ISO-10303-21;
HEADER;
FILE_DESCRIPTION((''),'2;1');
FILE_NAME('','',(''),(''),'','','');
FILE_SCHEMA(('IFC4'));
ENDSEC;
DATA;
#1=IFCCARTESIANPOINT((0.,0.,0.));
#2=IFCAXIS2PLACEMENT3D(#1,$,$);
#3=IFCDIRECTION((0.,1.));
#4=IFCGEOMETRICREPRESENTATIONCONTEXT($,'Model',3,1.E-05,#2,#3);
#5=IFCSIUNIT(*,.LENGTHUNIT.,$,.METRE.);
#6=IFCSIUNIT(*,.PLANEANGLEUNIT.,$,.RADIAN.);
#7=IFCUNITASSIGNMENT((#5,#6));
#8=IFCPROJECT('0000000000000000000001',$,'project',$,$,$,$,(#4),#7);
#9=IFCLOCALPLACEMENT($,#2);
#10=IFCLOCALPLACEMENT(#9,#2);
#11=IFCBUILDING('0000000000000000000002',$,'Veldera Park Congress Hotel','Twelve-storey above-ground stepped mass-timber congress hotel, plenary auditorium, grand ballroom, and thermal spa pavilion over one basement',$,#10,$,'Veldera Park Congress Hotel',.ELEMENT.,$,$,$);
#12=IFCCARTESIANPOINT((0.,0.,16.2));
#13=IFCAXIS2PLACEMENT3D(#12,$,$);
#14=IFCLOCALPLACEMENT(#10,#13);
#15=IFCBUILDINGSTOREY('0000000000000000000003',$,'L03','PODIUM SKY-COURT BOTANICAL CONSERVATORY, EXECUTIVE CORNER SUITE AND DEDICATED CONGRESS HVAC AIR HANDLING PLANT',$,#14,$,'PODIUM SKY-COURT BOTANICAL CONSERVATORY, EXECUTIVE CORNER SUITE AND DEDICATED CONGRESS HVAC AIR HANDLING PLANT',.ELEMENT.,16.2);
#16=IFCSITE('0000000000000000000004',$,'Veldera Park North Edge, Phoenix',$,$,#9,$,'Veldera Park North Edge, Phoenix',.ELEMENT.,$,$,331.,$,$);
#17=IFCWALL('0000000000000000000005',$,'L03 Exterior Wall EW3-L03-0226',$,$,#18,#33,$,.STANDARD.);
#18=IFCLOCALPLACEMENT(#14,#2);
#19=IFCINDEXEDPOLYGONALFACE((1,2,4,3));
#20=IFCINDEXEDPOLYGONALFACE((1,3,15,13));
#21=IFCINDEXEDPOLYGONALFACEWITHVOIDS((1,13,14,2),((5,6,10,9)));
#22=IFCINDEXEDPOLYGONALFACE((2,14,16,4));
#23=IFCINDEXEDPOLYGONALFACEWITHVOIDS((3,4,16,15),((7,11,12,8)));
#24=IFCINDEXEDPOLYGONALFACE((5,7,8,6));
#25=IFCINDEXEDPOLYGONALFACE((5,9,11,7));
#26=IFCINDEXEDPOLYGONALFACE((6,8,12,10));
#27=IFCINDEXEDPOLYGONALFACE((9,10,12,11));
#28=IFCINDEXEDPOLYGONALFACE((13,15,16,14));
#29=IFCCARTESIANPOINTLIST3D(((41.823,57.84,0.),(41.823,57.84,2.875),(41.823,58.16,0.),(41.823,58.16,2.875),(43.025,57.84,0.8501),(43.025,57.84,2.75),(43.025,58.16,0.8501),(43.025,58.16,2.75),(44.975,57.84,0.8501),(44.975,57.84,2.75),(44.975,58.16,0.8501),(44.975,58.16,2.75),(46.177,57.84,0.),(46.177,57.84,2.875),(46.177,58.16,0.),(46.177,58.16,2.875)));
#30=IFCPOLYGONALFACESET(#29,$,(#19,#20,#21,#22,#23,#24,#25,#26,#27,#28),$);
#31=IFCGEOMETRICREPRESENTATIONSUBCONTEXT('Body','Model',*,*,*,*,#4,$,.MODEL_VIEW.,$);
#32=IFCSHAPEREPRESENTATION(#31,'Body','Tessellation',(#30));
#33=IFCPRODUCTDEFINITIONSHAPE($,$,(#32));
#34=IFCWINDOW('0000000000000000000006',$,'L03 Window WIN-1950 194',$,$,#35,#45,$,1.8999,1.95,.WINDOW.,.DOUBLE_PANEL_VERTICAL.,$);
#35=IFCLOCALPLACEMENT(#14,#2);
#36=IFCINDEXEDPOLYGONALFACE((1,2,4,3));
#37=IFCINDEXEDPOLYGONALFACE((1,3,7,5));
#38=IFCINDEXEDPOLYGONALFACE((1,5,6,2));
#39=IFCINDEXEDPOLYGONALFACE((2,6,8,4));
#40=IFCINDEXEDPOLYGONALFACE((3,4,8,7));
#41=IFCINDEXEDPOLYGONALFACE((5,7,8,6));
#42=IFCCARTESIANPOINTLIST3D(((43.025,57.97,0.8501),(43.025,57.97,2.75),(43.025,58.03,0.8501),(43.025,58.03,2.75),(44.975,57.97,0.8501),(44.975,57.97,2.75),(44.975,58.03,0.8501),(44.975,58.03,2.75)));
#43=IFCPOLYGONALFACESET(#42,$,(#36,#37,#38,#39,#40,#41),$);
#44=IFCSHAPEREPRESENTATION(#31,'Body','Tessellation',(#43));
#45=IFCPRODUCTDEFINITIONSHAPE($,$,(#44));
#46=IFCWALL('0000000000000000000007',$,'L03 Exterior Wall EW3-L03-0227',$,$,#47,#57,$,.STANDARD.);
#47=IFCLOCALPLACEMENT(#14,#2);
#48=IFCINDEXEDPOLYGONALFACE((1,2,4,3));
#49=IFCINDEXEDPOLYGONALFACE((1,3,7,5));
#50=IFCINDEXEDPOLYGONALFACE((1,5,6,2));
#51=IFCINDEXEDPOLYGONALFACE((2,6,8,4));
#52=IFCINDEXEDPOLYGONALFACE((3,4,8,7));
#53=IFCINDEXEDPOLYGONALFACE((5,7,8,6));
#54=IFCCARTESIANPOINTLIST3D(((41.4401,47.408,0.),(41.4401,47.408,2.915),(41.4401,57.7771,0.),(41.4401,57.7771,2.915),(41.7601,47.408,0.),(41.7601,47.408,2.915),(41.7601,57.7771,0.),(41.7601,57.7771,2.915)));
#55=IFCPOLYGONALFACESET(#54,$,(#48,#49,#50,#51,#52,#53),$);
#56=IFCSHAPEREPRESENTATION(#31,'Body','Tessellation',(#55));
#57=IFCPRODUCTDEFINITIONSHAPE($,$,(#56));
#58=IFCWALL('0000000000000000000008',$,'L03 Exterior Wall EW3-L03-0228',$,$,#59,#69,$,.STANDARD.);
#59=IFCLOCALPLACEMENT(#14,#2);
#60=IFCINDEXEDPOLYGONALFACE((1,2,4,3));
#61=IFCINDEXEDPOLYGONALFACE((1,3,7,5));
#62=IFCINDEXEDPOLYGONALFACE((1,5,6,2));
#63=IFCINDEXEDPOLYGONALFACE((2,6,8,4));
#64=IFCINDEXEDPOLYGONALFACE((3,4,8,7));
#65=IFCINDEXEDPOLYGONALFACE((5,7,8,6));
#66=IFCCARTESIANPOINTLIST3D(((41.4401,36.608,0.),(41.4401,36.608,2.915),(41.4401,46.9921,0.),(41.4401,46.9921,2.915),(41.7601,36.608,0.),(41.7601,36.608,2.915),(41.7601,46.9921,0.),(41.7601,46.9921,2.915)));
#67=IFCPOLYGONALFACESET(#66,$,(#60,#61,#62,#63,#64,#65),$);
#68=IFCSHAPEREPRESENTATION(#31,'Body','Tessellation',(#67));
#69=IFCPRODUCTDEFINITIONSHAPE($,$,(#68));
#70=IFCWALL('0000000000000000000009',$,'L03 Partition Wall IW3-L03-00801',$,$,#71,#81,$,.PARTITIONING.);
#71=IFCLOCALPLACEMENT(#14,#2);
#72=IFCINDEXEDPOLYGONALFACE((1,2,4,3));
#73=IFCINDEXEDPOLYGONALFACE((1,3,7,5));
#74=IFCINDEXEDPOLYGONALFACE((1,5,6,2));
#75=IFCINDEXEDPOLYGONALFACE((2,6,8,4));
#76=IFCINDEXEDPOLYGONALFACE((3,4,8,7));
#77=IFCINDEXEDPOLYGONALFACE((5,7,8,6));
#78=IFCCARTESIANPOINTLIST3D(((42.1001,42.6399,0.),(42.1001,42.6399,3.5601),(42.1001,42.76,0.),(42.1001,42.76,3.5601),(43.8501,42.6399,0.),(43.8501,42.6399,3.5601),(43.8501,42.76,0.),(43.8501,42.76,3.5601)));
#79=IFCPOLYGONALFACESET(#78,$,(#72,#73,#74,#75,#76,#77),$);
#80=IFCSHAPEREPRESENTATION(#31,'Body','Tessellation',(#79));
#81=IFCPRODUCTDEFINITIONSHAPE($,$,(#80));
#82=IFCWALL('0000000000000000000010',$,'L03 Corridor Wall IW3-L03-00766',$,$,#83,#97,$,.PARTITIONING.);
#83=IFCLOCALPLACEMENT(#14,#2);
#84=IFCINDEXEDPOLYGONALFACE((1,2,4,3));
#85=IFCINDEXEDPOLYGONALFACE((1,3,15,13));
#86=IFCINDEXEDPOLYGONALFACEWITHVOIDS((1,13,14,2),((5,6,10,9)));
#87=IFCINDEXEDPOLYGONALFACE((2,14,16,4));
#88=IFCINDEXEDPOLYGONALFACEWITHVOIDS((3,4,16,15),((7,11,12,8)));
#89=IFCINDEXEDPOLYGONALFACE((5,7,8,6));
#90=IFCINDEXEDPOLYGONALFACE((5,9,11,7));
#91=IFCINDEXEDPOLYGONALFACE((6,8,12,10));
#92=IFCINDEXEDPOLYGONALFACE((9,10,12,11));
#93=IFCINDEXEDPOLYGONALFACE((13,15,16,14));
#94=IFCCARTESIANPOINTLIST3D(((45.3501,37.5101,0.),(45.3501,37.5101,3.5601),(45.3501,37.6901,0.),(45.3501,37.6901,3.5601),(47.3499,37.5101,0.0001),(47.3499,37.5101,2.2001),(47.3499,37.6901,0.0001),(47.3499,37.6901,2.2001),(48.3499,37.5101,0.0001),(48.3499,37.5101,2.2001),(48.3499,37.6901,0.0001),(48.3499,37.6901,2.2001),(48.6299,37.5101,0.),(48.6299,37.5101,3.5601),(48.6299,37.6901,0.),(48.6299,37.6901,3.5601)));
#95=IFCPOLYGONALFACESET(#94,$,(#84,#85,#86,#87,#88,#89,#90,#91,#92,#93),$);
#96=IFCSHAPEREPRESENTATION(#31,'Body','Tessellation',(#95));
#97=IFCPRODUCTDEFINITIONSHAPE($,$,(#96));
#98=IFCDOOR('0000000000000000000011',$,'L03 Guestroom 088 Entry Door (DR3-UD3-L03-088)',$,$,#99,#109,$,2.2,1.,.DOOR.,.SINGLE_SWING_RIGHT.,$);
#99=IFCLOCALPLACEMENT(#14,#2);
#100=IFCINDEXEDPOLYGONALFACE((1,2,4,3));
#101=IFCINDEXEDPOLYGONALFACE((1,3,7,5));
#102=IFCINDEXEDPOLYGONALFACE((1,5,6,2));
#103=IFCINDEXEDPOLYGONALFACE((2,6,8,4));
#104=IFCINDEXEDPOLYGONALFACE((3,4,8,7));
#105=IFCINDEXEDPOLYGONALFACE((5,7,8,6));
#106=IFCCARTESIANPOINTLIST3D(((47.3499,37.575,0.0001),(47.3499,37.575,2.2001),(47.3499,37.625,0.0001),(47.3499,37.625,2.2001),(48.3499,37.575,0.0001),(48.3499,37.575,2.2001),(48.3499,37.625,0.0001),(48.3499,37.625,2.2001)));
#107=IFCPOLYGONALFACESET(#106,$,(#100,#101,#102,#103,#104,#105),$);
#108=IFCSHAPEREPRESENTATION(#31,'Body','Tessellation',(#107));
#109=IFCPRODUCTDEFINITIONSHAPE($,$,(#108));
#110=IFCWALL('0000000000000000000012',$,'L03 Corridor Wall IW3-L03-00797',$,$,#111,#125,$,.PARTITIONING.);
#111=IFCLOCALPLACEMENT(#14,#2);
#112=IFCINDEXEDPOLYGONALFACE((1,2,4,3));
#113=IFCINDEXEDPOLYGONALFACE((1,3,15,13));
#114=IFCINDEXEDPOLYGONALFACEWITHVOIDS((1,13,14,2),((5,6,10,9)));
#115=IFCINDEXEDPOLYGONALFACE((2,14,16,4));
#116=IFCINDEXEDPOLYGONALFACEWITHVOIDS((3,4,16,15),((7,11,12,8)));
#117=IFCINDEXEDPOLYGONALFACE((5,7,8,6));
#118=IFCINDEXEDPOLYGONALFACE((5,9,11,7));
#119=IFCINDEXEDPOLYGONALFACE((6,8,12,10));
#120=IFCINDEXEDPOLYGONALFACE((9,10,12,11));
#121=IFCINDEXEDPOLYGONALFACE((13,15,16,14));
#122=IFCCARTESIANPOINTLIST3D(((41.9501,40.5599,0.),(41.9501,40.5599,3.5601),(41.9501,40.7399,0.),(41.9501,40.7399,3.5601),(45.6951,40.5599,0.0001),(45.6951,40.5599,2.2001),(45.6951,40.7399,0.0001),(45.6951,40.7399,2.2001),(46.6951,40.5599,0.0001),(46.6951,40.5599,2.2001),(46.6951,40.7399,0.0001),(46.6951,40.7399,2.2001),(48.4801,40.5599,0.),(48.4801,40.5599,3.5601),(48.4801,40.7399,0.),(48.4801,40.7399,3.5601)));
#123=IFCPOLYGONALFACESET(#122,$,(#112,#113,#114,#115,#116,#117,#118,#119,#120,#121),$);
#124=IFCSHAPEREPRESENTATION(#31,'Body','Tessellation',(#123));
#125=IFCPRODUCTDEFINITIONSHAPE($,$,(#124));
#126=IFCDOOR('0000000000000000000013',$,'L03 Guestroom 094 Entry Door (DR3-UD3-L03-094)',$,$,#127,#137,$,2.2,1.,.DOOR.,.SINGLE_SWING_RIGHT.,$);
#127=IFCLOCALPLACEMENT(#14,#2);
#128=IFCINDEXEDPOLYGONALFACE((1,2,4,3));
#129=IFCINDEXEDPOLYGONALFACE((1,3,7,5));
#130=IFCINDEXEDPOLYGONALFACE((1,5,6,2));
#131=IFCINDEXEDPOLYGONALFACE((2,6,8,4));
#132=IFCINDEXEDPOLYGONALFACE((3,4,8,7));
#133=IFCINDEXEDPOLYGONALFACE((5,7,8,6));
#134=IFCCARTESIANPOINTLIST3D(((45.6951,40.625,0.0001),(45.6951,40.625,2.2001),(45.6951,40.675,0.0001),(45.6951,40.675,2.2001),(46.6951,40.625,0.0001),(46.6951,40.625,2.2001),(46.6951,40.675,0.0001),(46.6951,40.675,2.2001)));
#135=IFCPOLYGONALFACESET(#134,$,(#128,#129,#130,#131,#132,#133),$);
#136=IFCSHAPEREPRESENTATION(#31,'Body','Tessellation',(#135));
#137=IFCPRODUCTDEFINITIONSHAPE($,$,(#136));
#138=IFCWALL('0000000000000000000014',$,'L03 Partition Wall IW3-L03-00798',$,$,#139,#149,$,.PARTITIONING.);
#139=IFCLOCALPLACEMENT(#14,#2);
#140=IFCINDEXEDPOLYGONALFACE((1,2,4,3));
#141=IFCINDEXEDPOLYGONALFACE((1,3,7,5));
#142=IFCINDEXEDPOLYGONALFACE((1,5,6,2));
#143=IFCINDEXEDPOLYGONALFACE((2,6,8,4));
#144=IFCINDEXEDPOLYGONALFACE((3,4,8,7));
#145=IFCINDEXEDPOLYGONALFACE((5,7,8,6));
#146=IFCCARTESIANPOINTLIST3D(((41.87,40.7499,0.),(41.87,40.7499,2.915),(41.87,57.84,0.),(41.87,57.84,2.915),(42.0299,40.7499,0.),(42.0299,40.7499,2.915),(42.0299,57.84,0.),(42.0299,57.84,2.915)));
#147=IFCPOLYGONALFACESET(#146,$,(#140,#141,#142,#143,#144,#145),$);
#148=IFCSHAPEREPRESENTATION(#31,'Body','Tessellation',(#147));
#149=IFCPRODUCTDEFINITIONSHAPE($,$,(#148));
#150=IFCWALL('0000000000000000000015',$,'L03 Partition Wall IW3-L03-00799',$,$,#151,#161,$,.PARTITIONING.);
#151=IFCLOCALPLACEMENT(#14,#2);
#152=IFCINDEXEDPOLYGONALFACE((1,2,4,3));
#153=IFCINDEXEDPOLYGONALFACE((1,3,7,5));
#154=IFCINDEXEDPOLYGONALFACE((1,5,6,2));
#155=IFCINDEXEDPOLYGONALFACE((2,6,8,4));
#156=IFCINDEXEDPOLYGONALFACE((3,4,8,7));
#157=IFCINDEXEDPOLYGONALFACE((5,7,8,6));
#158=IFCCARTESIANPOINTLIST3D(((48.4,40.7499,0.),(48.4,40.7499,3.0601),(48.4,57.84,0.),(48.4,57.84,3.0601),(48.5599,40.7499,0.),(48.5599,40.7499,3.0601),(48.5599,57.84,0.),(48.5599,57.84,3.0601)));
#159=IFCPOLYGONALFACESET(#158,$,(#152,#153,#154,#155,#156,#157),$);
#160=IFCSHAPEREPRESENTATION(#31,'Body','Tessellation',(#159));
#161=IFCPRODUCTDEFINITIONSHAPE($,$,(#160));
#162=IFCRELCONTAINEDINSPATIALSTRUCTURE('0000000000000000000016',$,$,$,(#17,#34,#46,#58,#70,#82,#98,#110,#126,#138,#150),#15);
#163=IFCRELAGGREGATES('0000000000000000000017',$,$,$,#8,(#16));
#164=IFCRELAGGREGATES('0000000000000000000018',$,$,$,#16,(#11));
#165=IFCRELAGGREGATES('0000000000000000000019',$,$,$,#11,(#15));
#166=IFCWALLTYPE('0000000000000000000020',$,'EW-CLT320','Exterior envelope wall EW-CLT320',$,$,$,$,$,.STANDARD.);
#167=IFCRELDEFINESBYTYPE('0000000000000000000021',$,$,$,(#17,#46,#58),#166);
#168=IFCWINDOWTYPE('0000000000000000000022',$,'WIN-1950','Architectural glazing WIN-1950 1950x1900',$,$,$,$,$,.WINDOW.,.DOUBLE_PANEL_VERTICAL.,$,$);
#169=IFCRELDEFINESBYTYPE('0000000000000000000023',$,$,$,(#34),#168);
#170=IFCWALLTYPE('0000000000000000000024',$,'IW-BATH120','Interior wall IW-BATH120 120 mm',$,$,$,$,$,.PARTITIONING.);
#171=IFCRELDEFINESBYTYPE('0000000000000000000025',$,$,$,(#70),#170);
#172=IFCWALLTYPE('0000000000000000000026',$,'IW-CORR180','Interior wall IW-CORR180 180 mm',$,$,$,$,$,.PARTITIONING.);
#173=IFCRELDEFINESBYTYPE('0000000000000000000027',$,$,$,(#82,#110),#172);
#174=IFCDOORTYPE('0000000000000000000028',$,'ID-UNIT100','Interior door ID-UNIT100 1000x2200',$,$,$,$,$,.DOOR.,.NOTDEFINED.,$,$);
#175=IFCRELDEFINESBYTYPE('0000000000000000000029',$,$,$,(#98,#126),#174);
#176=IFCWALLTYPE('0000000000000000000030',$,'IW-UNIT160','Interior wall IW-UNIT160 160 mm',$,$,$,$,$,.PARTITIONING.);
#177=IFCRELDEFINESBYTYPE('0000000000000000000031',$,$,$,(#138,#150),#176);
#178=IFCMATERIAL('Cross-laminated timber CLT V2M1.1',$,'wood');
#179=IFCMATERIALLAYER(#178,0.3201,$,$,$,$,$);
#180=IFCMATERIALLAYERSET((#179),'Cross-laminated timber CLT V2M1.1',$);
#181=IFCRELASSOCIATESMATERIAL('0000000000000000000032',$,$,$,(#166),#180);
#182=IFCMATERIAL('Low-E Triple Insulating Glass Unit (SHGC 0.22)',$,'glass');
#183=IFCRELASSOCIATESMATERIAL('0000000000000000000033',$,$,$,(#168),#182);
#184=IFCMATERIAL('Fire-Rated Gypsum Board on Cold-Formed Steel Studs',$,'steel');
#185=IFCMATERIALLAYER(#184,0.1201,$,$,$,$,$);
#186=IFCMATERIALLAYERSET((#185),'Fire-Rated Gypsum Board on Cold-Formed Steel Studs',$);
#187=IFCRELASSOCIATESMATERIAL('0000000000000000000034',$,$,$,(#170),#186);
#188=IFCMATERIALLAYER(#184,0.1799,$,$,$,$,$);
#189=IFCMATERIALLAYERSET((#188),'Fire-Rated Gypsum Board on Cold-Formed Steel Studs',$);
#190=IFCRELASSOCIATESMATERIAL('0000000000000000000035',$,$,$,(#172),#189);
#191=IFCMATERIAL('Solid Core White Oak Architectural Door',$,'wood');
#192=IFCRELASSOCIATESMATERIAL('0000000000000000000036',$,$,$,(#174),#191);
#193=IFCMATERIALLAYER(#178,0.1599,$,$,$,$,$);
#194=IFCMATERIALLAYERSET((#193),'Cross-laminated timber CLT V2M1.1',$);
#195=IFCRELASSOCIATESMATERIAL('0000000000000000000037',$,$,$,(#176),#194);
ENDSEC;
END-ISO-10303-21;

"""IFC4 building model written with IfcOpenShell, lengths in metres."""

from ifc_helpers import new_model, si_unit, direction, frame, frame_2d, origin, place, context, subcontext, project, spatial, rectangle, extrude, material, layer, layer_set, type_object, element, fill, save


model = new_model("IFC4")

# Units and contexts
model_context = context("Model", 3, precision=1e-05, world=origin(), true_north=direction((0.0, 1.0)))
body_context = subcontext(model_context, "Body", "Model", "MODEL_VIEW")
ifc_project = project(units=[si_unit("LENGTHUNIT", "METRE"), si_unit("PLANEANGLEUNIT", "RADIAN")], contexts=[model_context])

# Site, building, storey
site_placement = place(None, origin())
site = spatial("IfcSite", under=ifc_project, at=site_placement, Name="Veldera Park North Edge, Phoenix", LongName="Veldera Park North Edge, Phoenix", CompositionType="ELEMENT", RefElevation=331.0)
building_placement = place(site_placement, origin())
building = spatial("IfcBuilding", under=site, at=building_placement, Name="Veldera Park Congress Hotel", Description="Twelve-storey above-ground stepped mass-timber congress hotel, plenary auditorium, grand ballroom, and thermal spa pavilion over one basement", LongName="Veldera Park Congress Hotel", CompositionType="ELEMENT")
storey_placement = place(building_placement, frame((0.0, 0.0, 16.2)))
storey = spatial("IfcBuildingStorey", under=building, at=storey_placement, Name="L03", Description="PODIUM SKY-COURT BOTANICAL CONSERVATORY, EXECUTIVE CORNER SUITE AND DEDICATED CONGRESS HVAC AIR HANDLING PLANT", LongName="PODIUM SKY-COURT BOTANICAL CONSERVATORY, EXECUTIVE CORNER SUITE AND DEDICATED CONGRESS HVAC AIR HANDLING PLANT", CompositionType="ELEMENT", Elevation=16.2)

# Shared definitions
ifc_material_1 = material(Name="Cross-laminated timber CLT V2M1.1", Category="wood")

# Wall, opening, window
ifc_layer_1 = layer(ifc_material_1, 0.3201)
ifc_layer_set_1 = layer_set([ifc_layer_1], Name="Cross-laminated timber CLT V2M1.1")
wall_type_1 = type_object("IfcWallType", Name="EW-CLT320", Description="Exterior envelope wall EW-CLT320", PredefinedType="STANDARD", material=ifc_layer_set_1)
wall_1_placement = place(storey_placement, frame((46.177, 58.0, 0.0), z_axis=(0.0, 0.0, 1.0), x_axis=(-1.0, 0.0, 0.0)))
wall_1 = element("IfcWall", 1, at=wall_1_placement, inside=storey, type_object=wall_type_1, Name="L03 Exterior Wall EW3-L03-0226", PredefinedType="STANDARD", context=body_context, shape_type="SweptSolid", body=[
    extrude(rectangle(XDim=4.354, YDim=0.3201, at=frame_2d((2.177, 0.0))), origin(), (0.0, 0.0, 1.0), 2.875),
])
opening_1_placement = place(wall_1_placement, frame((1.2019, 0.0, 0.8501)))
opening_1 = element("IfcOpeningElement", 2, at=opening_1_placement, cuts=wall_1, PredefinedType="OPENING", context=body_context, shape_type="SweptSolid", body=[
    extrude(rectangle(XDim=1.95, YDim=1.8999, at=frame_2d((0.9751, 0.95))), frame((0.0, 0.1721, 0.0), z_axis=(0.0, -1.0, 0.0), x_axis=(1.0, 0.0, 0.0)), (0.0, 0.0, 1.0), 0.344),
])
ifc_material_2 = material(Name="Low-E Triple Insulating Glass Unit (SHGC 0.22)", Category="glass")
window_type = type_object("IfcWindowType", Name="WIN-1950", Description="Architectural glazing WIN-1950 1950x1900", PartitioningType="DOUBLE_PANEL_VERTICAL", PredefinedType="WINDOW", material=ifc_material_2)
window_placement = place(opening_1_placement, origin())
window = element("IfcWindow", 3, at=window_placement, inside=storey, type_object=window_type, Name="L03 Window WIN-1950 194", OverallHeight=1.8999, OverallWidth=1.95, PartitioningType="DOUBLE_PANEL_VERTICAL", PredefinedType="WINDOW", context=body_context, shape_type="SweptSolid", body=[
    extrude(rectangle(XDim=1.95, YDim=1.8999, at=frame_2d((0.9751, 0.95))), frame((0.0, 0.03, 0.0), z_axis=(0.0, -1.0, 0.0), x_axis=(1.0, 0.0, 0.0)), (0.0, 0.0, 1.0), 0.0601),
])
fill(opening_1, window)

# Walls
wall_2_placement = place(storey_placement, frame((41.6001, 57.7771, 0.0), z_axis=(0.0, 0.0, 1.0), x_axis=(0.0, -1.0, 0.0)))
element("IfcWall", 4, at=wall_2_placement, inside=storey, type_object=wall_type_1, Name="L03 Exterior Wall EW3-L03-0227", PredefinedType="STANDARD", context=body_context, shape_type="SweptSolid", body=[
    extrude(rectangle(XDim=10.3691, YDim=0.3201, at=frame_2d((5.1846, 0.0))), origin(), (0.0, 0.0, 1.0), 2.915),
])
wall_3_placement = place(storey_placement, frame((41.6001, 46.9919, 0.0), z_axis=(0.0, 0.0, 1.0), x_axis=(0.0, -1.0, 0.0)))
element("IfcWall", 5, at=wall_3_placement, inside=storey, type_object=wall_type_1, Name="L03 Exterior Wall EW3-L03-0228", PredefinedType="STANDARD", context=body_context, shape_type="SweptSolid", body=[
    extrude(rectangle(XDim=10.384, YDim=0.3201, at=frame_2d((5.1919, 0.0))), origin(), (0.0, 0.0, 1.0), 2.915),
])

# Shared definitions
ifc_material_3 = material(Name="Fire-Rated Gypsum Board on Cold-Formed Steel Studs", Category="steel")
ifc_layer_2 = layer(ifc_material_3, 0.1201)
ifc_layer_set_2 = layer_set([ifc_layer_2], Name="Fire-Rated Gypsum Board on Cold-Formed Steel Studs")
wall_type_2 = type_object("IfcWallType", Name="IW-BATH120", Description="Interior wall IW-BATH120 120 mm", PredefinedType="PARTITIONING", material=ifc_layer_set_2)
ifc_material_4 = material(Name="Solid Core White Oak Architectural Door", Category="wood")

# Wall
wall_4_placement = place(storey_placement, frame((42.1001, 42.7, 0.0), z_axis=(0.0, 0.0, 1.0), x_axis=(1.0, 0.0, 0.0)))
element("IfcWall", 6, at=wall_4_placement, inside=storey, type_object=wall_type_2, Name="L03 Partition Wall IW3-L03-00801", PredefinedType="PARTITIONING", context=body_context, shape_type="SweptSolid", body=[
    extrude(rectangle(XDim=1.75, YDim=0.1201, at=frame_2d((0.875, 0.0))), origin(), (0.0, 0.0, 1.0), 3.5601),
])

# Walls, openings, doors
ifc_layer_3 = layer(ifc_material_3, 0.1799)
ifc_layer_set_3 = layer_set([ifc_layer_3], Name="Fire-Rated Gypsum Board on Cold-Formed Steel Studs")
wall_type_3 = type_object("IfcWallType", Name="IW-CORR180", Description="Interior wall IW-CORR180 180 mm", PredefinedType="PARTITIONING", material=ifc_layer_set_3)
wall_5_placement = place(storey_placement, frame((48.6299, 37.6001, 0.0), z_axis=(0.0, 0.0, 1.0), x_axis=(-1.0, 0.0, 0.0)))
wall_5 = element("IfcWall", 7, at=wall_5_placement, inside=storey, type_object=wall_type_3, Name="L03 Corridor Wall IW3-L03-00766", PredefinedType="PARTITIONING", context=body_context, shape_type="SweptSolid", body=[
    extrude(rectangle(XDim=3.2798, YDim=0.1799, at=frame_2d((1.6399, 0.0))), origin(), (0.0, 0.0, 1.0), 3.5601),
])
opening_2_placement = place(wall_5_placement, frame((0.28, 0.0, 0.0)))
opening_2 = element("IfcOpeningElement", 8, at=opening_2_placement, cuts=wall_5, PredefinedType="OPENING", context=body_context, shape_type="SweptSolid", body=[
    extrude(rectangle(XDim=1.0, YDim=2.2, at=frame_2d((0.5, 1.1001))), frame((0.0, 0.1021, 0.0), z_axis=(0.0, -1.0, 0.0), x_axis=(1.0, 0.0, 0.0)), (0.0, 0.0, 1.0), 0.2039),
])
door_type_1 = type_object("IfcDoorType", Name="ID-UNIT100", Description="Interior door ID-UNIT100 1000x2200", OperationType="NOTDEFINED", PredefinedType="DOOR", material=ifc_material_4)
door_1_placement = place(opening_2_placement, frame((1.0, 0.0, 0.0), z_axis=(0.0, 0.0, 1.0), x_axis=(-1.0, 0.0, 0.0)))
door_1 = element("IfcDoor", 9, at=door_1_placement, inside=storey, type_object=door_type_1, Name="L03 Guestroom 088 Entry Door (DR3-UD3-L03-088)", OperationType="SINGLE_SWING_RIGHT", OverallHeight=2.2, OverallWidth=1.0, PredefinedType="DOOR", context=body_context, shape_type="SweptSolid", body=[
    extrude(rectangle(XDim=1.0, YDim=2.2, at=frame_2d((0.5, 1.1001))), frame((0.0, 0.0249, 0.0), z_axis=(0.0, -1.0, 0.0), x_axis=(1.0, 0.0, 0.0)), (0.0, 0.0, 1.0), 0.05),
])
fill(opening_2, door_1)
wall_6_placement = place(storey_placement, frame((41.95, 40.6499, 0.0), z_axis=(0.0, 0.0, 1.0), x_axis=(1.0, 0.0, 0.0)))
wall_6 = element("IfcWall", 10, at=wall_6_placement, inside=storey, type_object=wall_type_3, Name="L03 Corridor Wall IW3-L03-00797", PredefinedType="PARTITIONING", context=body_context, shape_type="SweptSolid", body=[
    extrude(rectangle(XDim=6.53, YDim=0.1799, at=frame_2d((3.2651, 0.0))), origin(), (0.0, 0.0, 1.0), 3.5601),
])
opening_3_placement = place(wall_6_placement, frame((3.7451, 0.0, 0.0)))
opening_3 = element("IfcOpeningElement", 11, at=opening_3_placement, cuts=wall_6, PredefinedType="OPENING", context=body_context, shape_type="SweptSolid", body=[
    extrude(rectangle(XDim=1.0, YDim=2.2, at=frame_2d((0.5, 1.1001))), frame((0.0, 0.1021, 0.0), z_axis=(0.0, -1.0, 0.0), x_axis=(1.0, 0.0, 0.0)), (0.0, 0.0, 1.0), 0.2039),
])
door_2_placement = place(opening_3_placement, frame((1.0, 0.0, 0.0), z_axis=(0.0, 0.0, 1.0), x_axis=(-1.0, 0.0, 0.0)))
door_2 = element("IfcDoor", 12, at=door_2_placement, inside=storey, type_object=door_type_1, Name="L03 Guestroom 094 Entry Door (DR3-UD3-L03-094)", OperationType="SINGLE_SWING_RIGHT", OverallHeight=2.2, OverallWidth=1.0, PredefinedType="DOOR", context=body_context, shape_type="SweptSolid", body=[
    extrude(rectangle(XDim=1.0, YDim=2.2, at=frame_2d((0.5, 1.1001))), frame((0.0, 0.0249, 0.0), z_axis=(0.0, -1.0, 0.0), x_axis=(1.0, 0.0, 0.0)), (0.0, 0.0, 1.0), 0.05),
])
fill(opening_3, door_2)

# Walls
ifc_layer_4 = layer(ifc_material_1, 0.1599)
ifc_layer_set_4 = layer_set([ifc_layer_4], Name="Cross-laminated timber CLT V2M1.1")
wall_type_4 = type_object("IfcWallType", Name="IW-UNIT160", Description="Interior wall IW-UNIT160 160 mm", PredefinedType="PARTITIONING", material=ifc_layer_set_4)
wall_7_placement = place(storey_placement, frame((41.95, 40.75, 0.0), z_axis=(0.0, 0.0, 1.0), x_axis=(0.0, 1.0, 0.0)))
element("IfcWall", 13, at=wall_7_placement, inside=storey, type_object=wall_type_4, Name="L03 Partition Wall IW3-L03-00798", PredefinedType="PARTITIONING", context=body_context, shape_type="SweptSolid", body=[
    extrude(rectangle(XDim=17.0901, YDim=0.1599, at=frame_2d((8.5449, 0.0))), origin(), (0.0, 0.0, 1.0), 2.915),
])
wall_8_placement = place(storey_placement, frame((48.48, 40.75, 0.0), z_axis=(0.0, 0.0, 1.0), x_axis=(0.0, 1.0, 0.0)))
element("IfcWall", 14, at=wall_8_placement, inside=storey, type_object=wall_type_4, Name="L03 Partition Wall IW3-L03-00799", PredefinedType="PARTITIONING", context=body_context, shape_type="SweptSolid", body=[
    extrude(rectangle(XDim=17.0901, YDim=0.1599, at=frame_2d((8.5449, 0.0))), origin(), (0.0, 0.0, 1.0), 3.0601),
])

save(model, "model.ifc")
